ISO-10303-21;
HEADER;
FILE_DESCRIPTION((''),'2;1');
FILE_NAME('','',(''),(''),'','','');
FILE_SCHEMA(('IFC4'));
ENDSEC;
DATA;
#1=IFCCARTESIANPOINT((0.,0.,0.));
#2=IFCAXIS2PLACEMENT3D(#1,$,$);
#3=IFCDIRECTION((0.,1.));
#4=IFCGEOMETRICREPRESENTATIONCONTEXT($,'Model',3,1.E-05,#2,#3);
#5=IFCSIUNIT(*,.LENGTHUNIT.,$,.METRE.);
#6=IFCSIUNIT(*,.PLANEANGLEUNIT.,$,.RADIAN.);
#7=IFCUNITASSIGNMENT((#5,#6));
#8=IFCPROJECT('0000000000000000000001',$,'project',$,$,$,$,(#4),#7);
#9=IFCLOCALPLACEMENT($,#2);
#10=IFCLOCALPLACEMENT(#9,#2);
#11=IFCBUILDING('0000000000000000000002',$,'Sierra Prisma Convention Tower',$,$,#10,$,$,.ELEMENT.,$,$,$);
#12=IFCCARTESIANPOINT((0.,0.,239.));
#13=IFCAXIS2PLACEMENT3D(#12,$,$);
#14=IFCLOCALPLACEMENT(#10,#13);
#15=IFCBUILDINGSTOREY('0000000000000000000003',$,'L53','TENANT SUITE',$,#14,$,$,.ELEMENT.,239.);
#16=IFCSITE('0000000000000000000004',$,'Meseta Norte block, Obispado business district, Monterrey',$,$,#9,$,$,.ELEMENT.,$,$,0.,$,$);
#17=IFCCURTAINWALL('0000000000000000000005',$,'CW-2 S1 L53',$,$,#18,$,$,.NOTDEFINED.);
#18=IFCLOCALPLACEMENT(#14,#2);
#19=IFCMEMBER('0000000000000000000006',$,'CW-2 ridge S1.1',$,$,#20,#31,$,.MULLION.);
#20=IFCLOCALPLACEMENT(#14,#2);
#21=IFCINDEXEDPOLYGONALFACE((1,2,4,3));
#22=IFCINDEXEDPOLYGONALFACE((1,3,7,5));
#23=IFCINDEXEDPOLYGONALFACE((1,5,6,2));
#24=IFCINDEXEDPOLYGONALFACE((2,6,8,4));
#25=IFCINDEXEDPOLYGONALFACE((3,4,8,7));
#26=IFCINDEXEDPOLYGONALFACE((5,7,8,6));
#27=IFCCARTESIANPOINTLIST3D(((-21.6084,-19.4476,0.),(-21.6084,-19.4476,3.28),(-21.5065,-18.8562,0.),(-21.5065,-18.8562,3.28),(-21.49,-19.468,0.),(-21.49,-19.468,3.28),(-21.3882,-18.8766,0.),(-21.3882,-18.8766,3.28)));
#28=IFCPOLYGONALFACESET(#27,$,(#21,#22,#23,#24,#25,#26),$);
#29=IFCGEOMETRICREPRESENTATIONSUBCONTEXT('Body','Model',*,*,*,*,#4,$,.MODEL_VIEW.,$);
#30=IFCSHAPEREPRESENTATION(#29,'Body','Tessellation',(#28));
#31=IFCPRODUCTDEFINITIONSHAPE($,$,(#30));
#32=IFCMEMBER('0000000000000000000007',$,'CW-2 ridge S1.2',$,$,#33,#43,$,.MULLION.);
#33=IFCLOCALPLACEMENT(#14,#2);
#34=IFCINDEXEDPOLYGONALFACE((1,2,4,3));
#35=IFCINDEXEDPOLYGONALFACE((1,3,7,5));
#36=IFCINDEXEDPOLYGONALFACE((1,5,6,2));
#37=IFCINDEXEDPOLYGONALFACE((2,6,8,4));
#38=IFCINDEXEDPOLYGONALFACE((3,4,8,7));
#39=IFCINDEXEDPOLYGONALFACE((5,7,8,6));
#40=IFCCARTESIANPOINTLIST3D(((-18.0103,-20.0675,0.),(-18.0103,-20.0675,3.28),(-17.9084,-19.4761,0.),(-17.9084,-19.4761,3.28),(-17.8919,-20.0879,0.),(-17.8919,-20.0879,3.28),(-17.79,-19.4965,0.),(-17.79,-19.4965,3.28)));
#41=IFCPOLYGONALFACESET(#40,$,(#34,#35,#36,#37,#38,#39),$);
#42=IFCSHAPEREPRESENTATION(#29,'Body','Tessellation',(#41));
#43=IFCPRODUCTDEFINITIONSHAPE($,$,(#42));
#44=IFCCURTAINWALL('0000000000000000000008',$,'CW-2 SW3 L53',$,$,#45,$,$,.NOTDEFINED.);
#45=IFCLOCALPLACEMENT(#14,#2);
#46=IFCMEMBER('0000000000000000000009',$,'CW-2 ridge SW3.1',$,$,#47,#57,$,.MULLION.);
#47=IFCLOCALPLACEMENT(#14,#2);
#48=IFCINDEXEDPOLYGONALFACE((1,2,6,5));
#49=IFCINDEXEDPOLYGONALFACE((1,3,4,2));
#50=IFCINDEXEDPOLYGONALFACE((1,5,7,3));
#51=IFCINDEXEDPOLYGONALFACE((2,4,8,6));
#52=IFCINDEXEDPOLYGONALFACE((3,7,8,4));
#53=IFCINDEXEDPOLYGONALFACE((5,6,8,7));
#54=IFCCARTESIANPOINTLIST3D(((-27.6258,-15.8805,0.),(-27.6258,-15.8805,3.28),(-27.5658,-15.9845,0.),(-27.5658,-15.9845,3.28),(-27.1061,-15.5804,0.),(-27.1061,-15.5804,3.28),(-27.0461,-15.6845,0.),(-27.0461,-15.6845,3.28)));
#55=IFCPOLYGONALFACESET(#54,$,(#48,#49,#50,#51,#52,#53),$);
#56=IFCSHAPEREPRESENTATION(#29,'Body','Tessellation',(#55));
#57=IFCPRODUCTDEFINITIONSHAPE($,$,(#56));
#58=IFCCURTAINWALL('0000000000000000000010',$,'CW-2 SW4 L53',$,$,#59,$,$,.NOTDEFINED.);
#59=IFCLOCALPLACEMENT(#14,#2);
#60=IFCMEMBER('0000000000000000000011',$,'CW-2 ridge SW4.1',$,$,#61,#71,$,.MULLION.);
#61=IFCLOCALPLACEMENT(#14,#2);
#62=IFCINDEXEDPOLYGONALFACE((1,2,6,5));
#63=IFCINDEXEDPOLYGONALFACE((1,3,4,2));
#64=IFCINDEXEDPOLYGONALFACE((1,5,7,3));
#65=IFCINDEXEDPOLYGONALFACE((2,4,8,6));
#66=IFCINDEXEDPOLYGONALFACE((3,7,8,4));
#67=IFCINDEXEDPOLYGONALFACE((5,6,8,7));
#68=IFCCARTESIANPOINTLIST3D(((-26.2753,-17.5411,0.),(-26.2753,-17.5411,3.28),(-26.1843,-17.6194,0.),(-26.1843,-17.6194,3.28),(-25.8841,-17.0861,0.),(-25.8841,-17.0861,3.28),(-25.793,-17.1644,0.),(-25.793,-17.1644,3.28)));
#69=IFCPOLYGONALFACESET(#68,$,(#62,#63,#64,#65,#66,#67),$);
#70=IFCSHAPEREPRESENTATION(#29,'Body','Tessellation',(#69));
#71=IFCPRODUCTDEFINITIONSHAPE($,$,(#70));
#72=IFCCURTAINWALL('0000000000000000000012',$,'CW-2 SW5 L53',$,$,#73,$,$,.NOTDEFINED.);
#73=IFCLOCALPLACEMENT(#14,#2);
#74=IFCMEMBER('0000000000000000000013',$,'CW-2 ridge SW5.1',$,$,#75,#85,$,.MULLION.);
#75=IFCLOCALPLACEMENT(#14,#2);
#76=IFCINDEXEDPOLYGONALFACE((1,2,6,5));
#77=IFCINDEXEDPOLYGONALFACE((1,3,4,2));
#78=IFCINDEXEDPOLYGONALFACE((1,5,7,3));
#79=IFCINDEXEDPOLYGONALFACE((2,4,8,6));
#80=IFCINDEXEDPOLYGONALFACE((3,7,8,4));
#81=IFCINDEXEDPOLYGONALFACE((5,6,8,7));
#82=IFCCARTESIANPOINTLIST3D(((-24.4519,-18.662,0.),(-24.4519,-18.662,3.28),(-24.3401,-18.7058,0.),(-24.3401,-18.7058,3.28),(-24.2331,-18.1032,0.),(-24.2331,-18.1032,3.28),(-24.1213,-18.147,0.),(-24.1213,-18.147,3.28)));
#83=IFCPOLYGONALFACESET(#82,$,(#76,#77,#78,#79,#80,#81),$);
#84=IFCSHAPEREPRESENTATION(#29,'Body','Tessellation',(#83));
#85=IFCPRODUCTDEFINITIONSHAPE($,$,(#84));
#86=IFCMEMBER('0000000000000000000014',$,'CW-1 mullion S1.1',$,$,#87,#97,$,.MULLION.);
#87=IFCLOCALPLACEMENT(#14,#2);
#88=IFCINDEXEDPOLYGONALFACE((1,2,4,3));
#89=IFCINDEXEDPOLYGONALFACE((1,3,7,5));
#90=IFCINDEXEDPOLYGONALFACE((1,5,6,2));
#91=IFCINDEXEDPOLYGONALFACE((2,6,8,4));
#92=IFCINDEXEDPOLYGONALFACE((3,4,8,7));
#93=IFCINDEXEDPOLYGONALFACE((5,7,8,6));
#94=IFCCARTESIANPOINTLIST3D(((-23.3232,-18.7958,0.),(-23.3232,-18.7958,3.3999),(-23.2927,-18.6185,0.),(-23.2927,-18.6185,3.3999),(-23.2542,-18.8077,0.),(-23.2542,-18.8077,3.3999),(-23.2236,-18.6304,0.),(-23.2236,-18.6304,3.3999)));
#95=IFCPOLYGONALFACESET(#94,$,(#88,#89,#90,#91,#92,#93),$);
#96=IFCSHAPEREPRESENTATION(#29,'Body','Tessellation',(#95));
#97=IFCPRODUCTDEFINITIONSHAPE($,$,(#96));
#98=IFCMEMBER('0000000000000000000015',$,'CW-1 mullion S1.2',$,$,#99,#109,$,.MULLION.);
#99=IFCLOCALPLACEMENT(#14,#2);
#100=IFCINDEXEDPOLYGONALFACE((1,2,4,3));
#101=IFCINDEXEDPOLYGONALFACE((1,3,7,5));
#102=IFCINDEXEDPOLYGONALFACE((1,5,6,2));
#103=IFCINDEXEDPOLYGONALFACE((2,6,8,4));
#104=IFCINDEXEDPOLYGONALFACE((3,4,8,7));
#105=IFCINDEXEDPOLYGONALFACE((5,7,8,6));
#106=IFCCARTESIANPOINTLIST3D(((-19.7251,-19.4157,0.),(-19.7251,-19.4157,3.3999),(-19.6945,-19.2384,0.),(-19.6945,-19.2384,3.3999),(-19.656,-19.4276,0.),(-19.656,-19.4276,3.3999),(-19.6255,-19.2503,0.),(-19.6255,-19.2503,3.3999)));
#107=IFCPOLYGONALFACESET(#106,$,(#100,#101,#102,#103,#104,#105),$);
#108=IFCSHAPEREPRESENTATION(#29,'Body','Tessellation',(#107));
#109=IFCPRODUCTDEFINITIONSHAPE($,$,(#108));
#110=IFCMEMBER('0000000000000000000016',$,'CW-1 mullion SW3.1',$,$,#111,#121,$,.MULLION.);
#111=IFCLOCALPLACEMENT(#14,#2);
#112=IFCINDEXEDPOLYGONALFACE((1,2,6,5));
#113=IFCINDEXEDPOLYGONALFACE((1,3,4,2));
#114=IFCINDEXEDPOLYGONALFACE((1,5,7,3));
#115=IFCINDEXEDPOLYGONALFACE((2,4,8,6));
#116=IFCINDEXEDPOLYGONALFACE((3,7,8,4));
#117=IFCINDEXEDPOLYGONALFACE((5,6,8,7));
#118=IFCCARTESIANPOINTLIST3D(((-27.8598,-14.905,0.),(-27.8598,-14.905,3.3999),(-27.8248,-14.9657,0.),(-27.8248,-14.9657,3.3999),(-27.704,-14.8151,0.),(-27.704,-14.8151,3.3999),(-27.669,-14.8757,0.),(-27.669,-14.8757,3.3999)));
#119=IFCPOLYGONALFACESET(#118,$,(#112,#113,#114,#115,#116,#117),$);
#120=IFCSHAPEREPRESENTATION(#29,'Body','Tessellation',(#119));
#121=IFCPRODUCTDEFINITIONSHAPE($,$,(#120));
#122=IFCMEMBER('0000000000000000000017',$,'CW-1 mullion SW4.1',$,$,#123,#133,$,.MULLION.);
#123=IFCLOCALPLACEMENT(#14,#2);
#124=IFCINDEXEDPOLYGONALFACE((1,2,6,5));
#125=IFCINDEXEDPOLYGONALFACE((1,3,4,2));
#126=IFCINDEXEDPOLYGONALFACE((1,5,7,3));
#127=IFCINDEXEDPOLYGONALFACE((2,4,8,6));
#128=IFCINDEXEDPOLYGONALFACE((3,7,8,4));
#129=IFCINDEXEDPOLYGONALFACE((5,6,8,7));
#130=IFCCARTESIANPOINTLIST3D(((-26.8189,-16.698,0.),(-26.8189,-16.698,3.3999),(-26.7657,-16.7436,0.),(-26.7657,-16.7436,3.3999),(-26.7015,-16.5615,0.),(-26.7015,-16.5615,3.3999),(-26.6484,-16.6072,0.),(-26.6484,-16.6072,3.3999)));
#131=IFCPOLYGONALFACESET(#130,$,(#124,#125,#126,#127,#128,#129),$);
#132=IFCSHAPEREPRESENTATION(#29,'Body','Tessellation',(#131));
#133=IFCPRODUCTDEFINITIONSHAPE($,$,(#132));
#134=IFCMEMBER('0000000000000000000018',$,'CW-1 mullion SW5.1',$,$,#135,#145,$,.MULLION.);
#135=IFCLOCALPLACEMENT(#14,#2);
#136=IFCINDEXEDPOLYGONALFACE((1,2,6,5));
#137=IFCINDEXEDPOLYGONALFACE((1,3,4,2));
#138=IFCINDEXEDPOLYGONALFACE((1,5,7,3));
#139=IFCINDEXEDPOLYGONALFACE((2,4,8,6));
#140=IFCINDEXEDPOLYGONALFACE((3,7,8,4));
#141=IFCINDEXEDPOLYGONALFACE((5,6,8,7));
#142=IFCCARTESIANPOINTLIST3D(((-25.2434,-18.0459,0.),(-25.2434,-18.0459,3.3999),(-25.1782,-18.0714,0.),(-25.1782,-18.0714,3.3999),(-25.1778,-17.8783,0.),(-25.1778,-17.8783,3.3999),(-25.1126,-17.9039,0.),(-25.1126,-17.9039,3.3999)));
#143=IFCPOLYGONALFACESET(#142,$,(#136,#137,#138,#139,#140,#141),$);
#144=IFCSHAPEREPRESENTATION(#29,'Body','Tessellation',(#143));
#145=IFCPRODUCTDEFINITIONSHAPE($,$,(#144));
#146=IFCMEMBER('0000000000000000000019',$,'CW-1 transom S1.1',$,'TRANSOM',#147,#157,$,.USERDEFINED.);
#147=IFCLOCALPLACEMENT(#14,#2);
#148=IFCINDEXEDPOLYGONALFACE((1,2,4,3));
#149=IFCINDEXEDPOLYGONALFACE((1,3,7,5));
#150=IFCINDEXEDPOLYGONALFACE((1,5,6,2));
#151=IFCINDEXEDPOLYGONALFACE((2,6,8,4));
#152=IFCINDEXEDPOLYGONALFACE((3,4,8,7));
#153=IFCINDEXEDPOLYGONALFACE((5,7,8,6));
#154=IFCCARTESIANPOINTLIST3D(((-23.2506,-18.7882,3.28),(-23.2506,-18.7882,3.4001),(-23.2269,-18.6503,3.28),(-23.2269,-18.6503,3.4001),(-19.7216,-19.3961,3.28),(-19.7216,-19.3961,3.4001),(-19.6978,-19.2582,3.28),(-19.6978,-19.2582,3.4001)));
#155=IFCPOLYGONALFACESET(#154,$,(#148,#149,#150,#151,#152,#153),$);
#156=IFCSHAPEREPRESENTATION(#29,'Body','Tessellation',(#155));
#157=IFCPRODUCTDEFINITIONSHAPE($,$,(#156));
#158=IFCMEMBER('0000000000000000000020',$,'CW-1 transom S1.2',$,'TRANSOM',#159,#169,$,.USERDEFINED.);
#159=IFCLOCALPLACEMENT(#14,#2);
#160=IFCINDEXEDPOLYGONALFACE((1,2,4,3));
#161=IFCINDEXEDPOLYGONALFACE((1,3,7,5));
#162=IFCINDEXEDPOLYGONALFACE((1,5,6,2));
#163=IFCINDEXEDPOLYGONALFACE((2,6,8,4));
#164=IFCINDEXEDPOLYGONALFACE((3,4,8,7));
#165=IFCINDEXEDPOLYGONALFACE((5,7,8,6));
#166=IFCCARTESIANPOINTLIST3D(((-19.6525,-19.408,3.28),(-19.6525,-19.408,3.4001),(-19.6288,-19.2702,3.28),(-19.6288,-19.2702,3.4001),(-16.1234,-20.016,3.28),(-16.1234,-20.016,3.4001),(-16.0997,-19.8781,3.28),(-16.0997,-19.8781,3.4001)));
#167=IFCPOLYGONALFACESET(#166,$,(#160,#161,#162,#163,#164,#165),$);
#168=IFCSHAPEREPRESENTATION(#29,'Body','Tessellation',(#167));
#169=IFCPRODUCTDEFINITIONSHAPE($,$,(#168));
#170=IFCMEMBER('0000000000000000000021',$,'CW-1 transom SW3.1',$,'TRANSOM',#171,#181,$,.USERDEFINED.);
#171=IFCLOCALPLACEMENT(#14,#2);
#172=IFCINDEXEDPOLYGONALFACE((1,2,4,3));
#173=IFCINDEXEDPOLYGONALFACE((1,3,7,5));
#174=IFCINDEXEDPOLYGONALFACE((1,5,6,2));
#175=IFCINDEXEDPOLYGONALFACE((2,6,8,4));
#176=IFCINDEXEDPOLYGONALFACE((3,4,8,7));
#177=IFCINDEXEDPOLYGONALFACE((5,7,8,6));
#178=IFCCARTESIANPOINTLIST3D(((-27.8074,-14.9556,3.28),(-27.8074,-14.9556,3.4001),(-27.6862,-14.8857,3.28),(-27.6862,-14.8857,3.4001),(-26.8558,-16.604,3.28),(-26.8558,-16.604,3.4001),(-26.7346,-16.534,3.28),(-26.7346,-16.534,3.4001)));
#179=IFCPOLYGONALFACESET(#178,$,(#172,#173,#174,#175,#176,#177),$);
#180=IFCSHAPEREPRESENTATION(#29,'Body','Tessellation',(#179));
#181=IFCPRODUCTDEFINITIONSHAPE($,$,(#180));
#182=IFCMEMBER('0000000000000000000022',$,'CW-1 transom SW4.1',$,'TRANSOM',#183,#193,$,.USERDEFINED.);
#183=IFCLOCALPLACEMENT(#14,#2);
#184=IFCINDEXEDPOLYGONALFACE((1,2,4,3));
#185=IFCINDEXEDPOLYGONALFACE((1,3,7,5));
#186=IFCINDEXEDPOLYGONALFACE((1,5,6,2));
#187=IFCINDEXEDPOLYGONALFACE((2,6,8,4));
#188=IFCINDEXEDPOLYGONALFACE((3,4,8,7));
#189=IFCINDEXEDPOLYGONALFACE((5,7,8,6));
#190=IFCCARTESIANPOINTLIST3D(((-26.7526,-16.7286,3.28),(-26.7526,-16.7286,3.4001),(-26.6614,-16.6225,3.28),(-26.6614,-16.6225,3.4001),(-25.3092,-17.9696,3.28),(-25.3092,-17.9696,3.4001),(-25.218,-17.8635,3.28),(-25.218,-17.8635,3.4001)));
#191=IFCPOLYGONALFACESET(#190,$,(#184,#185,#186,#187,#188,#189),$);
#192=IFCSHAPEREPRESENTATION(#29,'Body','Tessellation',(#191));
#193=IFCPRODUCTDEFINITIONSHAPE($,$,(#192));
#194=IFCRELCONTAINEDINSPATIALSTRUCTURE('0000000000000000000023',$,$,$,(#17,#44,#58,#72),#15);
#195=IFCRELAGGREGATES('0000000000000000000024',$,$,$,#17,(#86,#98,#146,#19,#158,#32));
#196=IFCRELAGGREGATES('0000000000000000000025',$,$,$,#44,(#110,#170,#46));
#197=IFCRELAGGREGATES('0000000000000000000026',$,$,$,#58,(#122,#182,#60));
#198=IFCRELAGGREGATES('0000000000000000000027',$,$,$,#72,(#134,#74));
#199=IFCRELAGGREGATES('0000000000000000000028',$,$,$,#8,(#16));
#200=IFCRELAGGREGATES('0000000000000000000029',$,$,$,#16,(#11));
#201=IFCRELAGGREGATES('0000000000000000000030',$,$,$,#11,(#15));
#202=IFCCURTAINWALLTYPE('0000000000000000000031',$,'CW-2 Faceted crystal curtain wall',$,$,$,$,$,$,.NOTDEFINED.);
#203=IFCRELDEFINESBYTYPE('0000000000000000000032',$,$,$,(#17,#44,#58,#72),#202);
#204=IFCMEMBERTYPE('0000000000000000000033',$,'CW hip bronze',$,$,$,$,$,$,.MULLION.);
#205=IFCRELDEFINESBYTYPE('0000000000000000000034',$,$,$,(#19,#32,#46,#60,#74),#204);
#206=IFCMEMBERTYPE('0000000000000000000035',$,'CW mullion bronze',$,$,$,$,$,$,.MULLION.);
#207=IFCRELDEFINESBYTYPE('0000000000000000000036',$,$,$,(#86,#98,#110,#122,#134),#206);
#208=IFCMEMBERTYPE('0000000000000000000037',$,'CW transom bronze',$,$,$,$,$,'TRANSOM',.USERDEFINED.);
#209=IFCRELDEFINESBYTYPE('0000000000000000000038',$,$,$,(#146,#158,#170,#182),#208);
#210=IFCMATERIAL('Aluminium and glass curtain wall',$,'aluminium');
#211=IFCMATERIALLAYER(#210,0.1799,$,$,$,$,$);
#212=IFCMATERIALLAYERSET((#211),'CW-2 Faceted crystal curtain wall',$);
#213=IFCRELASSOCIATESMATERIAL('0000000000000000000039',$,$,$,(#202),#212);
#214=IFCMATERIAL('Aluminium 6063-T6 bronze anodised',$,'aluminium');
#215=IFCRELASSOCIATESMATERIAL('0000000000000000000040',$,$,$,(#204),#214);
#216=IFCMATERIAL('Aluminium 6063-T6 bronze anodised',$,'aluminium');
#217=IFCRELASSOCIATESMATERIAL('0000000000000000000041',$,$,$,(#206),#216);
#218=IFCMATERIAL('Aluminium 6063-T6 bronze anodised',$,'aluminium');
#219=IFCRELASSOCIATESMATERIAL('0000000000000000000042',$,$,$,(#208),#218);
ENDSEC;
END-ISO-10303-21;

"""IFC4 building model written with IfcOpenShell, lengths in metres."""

from ifc_helpers import new_model, si_unit, direction, frame, origin, origin_2d, place, context, subcontext, project, spatial, rectangle, extrude, material, layer, layer_set, material_profile, profile_set, type_object, element, aggregate, save


model = new_model("IFC4")

# Units and contexts
model_context = context("Model", 3, precision=1e-05, world=origin(), true_north=direction((0.0, 1.0)))
body_context = subcontext(model_context, "Body", "Model", "MODEL_VIEW")
ifc_project = project(units=[si_unit("LENGTHUNIT", "METRE"), si_unit("PLANEANGLEUNIT", "RADIAN")], contexts=[model_context])

# Site, building, storey
site_placement = place(None, origin())
site = spatial("IfcSite", under=ifc_project, at=site_placement, Name="Meseta Norte block, Obispado business district, Monterrey", CompositionType="ELEMENT", RefElevation=0.0)
building_placement = place(site_placement, origin())
building = spatial("IfcBuilding", under=site, at=building_placement, Name="Sierra Prisma Convention Tower", CompositionType="ELEMENT")
storey_placement = place(building_placement, frame((0.0, 0.0, 239.0)))
storey = spatial("IfcBuildingStorey", under=building, at=storey_placement, Name="L53", Description="TENANT SUITE", CompositionType="ELEMENT", Elevation=239.0)

# Curtain wall, members
ifc_material_1 = material(Name="Aluminium and glass curtain wall", Category="aluminium")
ifc_layer_1 = layer(ifc_material_1, 0.1799)
ifc_layer_set_1 = layer_set([ifc_layer_1], Name="CW-2 Faceted crystal curtain wall")
curtain_wall_type = type_object("IfcCurtainWallType", Name="CW-2 Faceted crystal curtain wall", PredefinedType="NOTDEFINED", material=ifc_layer_set_1)
curtain_wall_1_placement = place(storey_placement, origin())
curtain_wall_1 = element("IfcCurtainWall", 1, at=curtain_wall_1_placement, inside=storey, type_object=curtain_wall_type, Name="CW-2 S1 L53", PredefinedType="NOTDEFINED")
ifc_material_2 = material(Name="Aluminium 6063-T6 bronze anodised", Category="aluminium")
ifc_material_profile_1 = material_profile(ifc_material_2, rectangle(XDim=0.1201, YDim=0.6001, at=origin_2d()), Name="ALU RIDGE BLADE 120x600")
ifc_profile_set_1 = profile_set([ifc_material_profile_1], Name="Aluminium 6063-T6 bronze anodised")
member_type_1 = type_object("IfcMemberType", Name="CW hip bronze", PredefinedType="MULLION", material=ifc_profile_set_1)
member_1_placement = place(storey_placement, frame((-21.4983, -19.1621, 0.0), z_axis=(0.0, 0.0, 1.0), x_axis=(0.985483, -0.169773, 0.0)))
member_1 = element("IfcMember", 2, at=member_1_placement, type_object=member_type_1, Name="CW-2 ridge S1.1", PredefinedType="MULLION", context=body_context, shape_type="SweptSolid", body=[
    extrude(rectangle(XDim=0.1201, YDim=0.6001, at=origin_2d()), origin(), (0.0, 0.0, 1.0), 3.28),
])
member_2_placement = place(storey_placement, frame((-17.9001, -19.782, 0.0), z_axis=(0.0, 0.0, 1.0), x_axis=(0.985483, -0.169773, 0.0)))
member_2 = element("IfcMember", 3, at=member_2_placement, type_object=member_type_1, Name="CW-2 ridge S1.2", PredefinedType="MULLION", context=body_context, shape_type="SweptSolid", body=[
    extrude(rectangle(XDim=0.1201, YDim=0.6001, at=origin_2d()), origin(), (0.0, 0.0, 1.0), 3.28),
])

# Curtain walls, members
curtain_wall_2_placement = place(storey_placement, origin())
curtain_wall_2 = element("IfcCurtainWall", 4, at=curtain_wall_2_placement, inside=storey, type_object=curtain_wall_type, Name="CW-2 SW3 L53", PredefinedType="NOTDEFINED")
member_3_placement = place(storey_placement, frame((-27.3359, -15.7825, 0.0), z_axis=(0.0, 0.0, 1.0), x_axis=(0.5, -0.866025, 0.0)))
member_3 = element("IfcMember", 5, at=member_3_placement, type_object=member_type_1, Name="CW-2 ridge SW3.1", PredefinedType="MULLION", context=body_context, shape_type="SweptSolid", body=[
    extrude(rectangle(XDim=0.1201, YDim=0.6001, at=origin_2d()), origin(), (0.0, 0.0, 1.0), 3.28),
])
curtain_wall_3_placement = place(storey_placement, origin())
curtain_wall_3 = element("IfcCurtainWall", 6, at=curtain_wall_3_placement, inside=storey, type_object=curtain_wall_type, Name="CW-2 SW4 L53", PredefinedType="NOTDEFINED")
member_4_placement = place(storey_placement, frame((-26.0342, -17.3528, 0.0), z_axis=(0.0, 0.0, 1.0), x_axis=(0.758228, -0.65199, 0.0)))
member_4 = element("IfcMember", 7, at=member_4_placement, type_object=member_type_1, Name="CW-2 ridge SW4.1", PredefinedType="MULLION", context=body_context, shape_type="SweptSolid", body=[
    extrude(rectangle(XDim=0.1201, YDim=0.6001, at=origin_2d()), origin(), (0.0, 0.0, 1.0), 3.28),
])
curtain_wall_4_placement = place(storey_placement, origin())
curtain_wall_4 = element("IfcCurtainWall", 8, at=curtain_wall_4_placement, inside=storey, type_object=curtain_wall_type, Name="CW-2 SW5 L53", PredefinedType="NOTDEFINED")
member_5_placement = place(storey_placement, frame((-24.2866, -18.4045, 0.0), z_axis=(0.0, 0.0, 1.0), x_axis=(0.93116, -0.364611, 0.0)))
member_5 = element("IfcMember", 9, at=member_5_placement, type_object=member_type_1, Name="CW-2 ridge SW5.1", PredefinedType="MULLION", context=body_context, shape_type="SweptSolid", body=[
    extrude(rectangle(XDim=0.1201, YDim=0.6001, at=origin_2d()), origin(), (0.0, 0.0, 1.0), 3.28),
])

# Members
ifc_material_3 = material(Name="Aluminium 6063-T6 bronze anodised", Category="aluminium")
ifc_material_profile_2 = material_profile(ifc_material_3, rectangle(XDim=0.1799, YDim=0.0701, at=origin_2d()), Name="ALU MULLION 70x180")
ifc_profile_set_2 = profile_set([ifc_material_profile_2], Name="Aluminium 6063-T6 bronze anodised")
member_type_2 = type_object("IfcMemberType", Name="CW mullion bronze", PredefinedType="MULLION", material=ifc_profile_set_2)
member_6_placement = place(storey_placement, frame((-23.2734, -18.7131, 0.0), z_axis=(0.0, 0.0, 1.0), x_axis=(0.169773, 0.985483, 0.0)))
member_6 = element("IfcMember", 10, at=member_6_placement, type_object=member_type_2, Name="CW-1 mullion S1.1", PredefinedType="MULLION", context=body_context, shape_type="SweptSolid", body=[
    extrude(rectangle(XDim=0.1799, YDim=0.0701, at=origin_2d()), origin(), (0.0, 0.0, 1.0), 3.3999),
])
member_7_placement = place(storey_placement, frame((-19.6753, -19.333, 0.0), z_axis=(0.0, 0.0, 1.0), x_axis=(0.169773, 0.985483, 0.0)))
member_7 = element("IfcMember", 11, at=member_7_placement, type_object=member_type_2, Name="CW-1 mullion S1.2", PredefinedType="MULLION", context=body_context, shape_type="SweptSolid", body=[
    extrude(rectangle(XDim=0.1799, YDim=0.0701, at=origin_2d()), origin(), (0.0, 0.0, 1.0), 3.3999),
])
member_8_placement = place(storey_placement, frame((-27.7644, -14.8904, 0.0), z_axis=(0.0, 0.0, 1.0), x_axis=(0.866025, 0.5, 0.0)))
member_8 = element("IfcMember", 12, at=member_8_placement, type_object=member_type_2, Name="CW-1 mullion SW3.1", PredefinedType="MULLION", context=body_context, shape_type="SweptSolid", body=[
    extrude(rectangle(XDim=0.1799, YDim=0.0701, at=origin_2d()), origin(), (0.0, 0.0, 1.0), 3.3999),
])
member_9_placement = place(storey_placement, frame((-26.7336, -16.6526, 0.0), z_axis=(0.0, 0.0, 1.0), x_axis=(0.65199, 0.758228, 0.0)))
member_9 = element("IfcMember", 13, at=member_9_placement, type_object=member_type_2, Name="CW-1 mullion SW4.1", PredefinedType="MULLION", context=body_context, shape_type="SweptSolid", body=[
    extrude(rectangle(XDim=0.1799, YDim=0.0701, at=origin_2d()), origin(), (0.0, 0.0, 1.0), 3.3999),
])
member_10_placement = place(storey_placement, frame((-25.178, -17.9749, 0.0), z_axis=(0.0, 0.0, 1.0), x_axis=(0.364611, 0.93116, 0.0)))
member_10 = element("IfcMember", 14, at=member_10_placement, type_object=member_type_2, Name="CW-1 mullion SW5.1", PredefinedType="MULLION", context=body_context, shape_type="SweptSolid", body=[
    extrude(rectangle(XDim=0.1799, YDim=0.0701, at=origin_2d()), origin(), (0.0, 0.0, 1.0), 3.3999),
])
ifc_material_4 = material(Name="Aluminium 6063-T6 bronze anodised", Category="aluminium")
ifc_material_profile_3 = material_profile(ifc_material_4, rectangle(XDim=0.1399, YDim=0.1201, at=origin_2d()), Name="ALU TRANSOM 120x140")
ifc_profile_set_3 = profile_set([ifc_material_profile_3], Name="Aluminium 6063-T6 bronze anodised")
member_type_3 = type_object("IfcMemberType", Name="CW transom bronze", ElementType="TRANSOM", PredefinedType="USERDEFINED", material=ifc_profile_set_3)
member_11_placement = place(storey_placement, frame((-23.2388, -18.7192, 3.3401), z_axis=(0.985486, -0.169759, 0.0), x_axis=(0.169759, 0.985486, 0.0)))
member_11 = element("IfcMember", 15, at=member_11_placement, type_object=member_type_3, Name="CW-1 transom S1.1", ObjectType="TRANSOM", PredefinedType="USERDEFINED", context=body_context, shape_type="SweptSolid", body=[
    extrude(rectangle(XDim=0.1399, YDim=0.1201, at=origin_2d()), origin(), (0.0, 0.0, 1.0), 3.5811),
])
member_12_placement = place(storey_placement, frame((-19.6406, -19.3391, 3.3401), z_axis=(0.985486, -0.169759, 0.0), x_axis=(0.169759, 0.985486, 0.0)))
member_12 = element("IfcMember", 16, at=member_12_placement, type_object=member_type_3, Name="CW-1 transom S1.2", ObjectType="TRANSOM", PredefinedType="USERDEFINED", context=body_context, shape_type="SweptSolid", body=[
    extrude(rectangle(XDim=0.1399, YDim=0.1201, at=origin_2d()), origin(), (0.0, 0.0, 1.0), 3.5811),
])
member_13_placement = place(storey_placement, frame((-27.7468, -14.9207, 3.3401), z_axis=(0.499974, -0.86604, 0.0), x_axis=(0.86604, 0.499974, 0.0)))
member_13 = element("IfcMember", 17, at=member_13_placement, type_object=member_type_3, Name="CW-1 transom SW3.1", ObjectType="TRANSOM", PredefinedType="USERDEFINED", context=body_context, shape_type="SweptSolid", body=[
    extrude(rectangle(XDim=0.1399, YDim=0.1201, at=origin_2d()), origin(), (0.0, 0.0, 1.0), 1.9033),
])
member_14_placement = place(storey_placement, frame((-26.707, -16.6755, 3.3401), z_axis=(0.758269, -0.651942, 0.0), x_axis=(0.651942, 0.758269, 0.0)))
member_14 = element("IfcMember", 18, at=member_14_placement, type_object=member_type_3, Name="CW-1 transom SW4.1", ObjectType="TRANSOM", PredefinedType="USERDEFINED", context=body_context, shape_type="SweptSolid", body=[
    extrude(rectangle(XDim=0.1399, YDim=0.1201, at=origin_2d()), origin(), (0.0, 0.0, 1.0), 1.9036),
])

aggregate(curtain_wall_1, [member_6, member_7, member_11, member_1, member_12, member_2])

aggregate(curtain_wall_2, [member_8, member_13, member_3])
aggregate(curtain_wall_3, [member_9, member_14, member_4])
aggregate(curtain_wall_4, [member_10, member_5])

save(model, "model.ifc")
